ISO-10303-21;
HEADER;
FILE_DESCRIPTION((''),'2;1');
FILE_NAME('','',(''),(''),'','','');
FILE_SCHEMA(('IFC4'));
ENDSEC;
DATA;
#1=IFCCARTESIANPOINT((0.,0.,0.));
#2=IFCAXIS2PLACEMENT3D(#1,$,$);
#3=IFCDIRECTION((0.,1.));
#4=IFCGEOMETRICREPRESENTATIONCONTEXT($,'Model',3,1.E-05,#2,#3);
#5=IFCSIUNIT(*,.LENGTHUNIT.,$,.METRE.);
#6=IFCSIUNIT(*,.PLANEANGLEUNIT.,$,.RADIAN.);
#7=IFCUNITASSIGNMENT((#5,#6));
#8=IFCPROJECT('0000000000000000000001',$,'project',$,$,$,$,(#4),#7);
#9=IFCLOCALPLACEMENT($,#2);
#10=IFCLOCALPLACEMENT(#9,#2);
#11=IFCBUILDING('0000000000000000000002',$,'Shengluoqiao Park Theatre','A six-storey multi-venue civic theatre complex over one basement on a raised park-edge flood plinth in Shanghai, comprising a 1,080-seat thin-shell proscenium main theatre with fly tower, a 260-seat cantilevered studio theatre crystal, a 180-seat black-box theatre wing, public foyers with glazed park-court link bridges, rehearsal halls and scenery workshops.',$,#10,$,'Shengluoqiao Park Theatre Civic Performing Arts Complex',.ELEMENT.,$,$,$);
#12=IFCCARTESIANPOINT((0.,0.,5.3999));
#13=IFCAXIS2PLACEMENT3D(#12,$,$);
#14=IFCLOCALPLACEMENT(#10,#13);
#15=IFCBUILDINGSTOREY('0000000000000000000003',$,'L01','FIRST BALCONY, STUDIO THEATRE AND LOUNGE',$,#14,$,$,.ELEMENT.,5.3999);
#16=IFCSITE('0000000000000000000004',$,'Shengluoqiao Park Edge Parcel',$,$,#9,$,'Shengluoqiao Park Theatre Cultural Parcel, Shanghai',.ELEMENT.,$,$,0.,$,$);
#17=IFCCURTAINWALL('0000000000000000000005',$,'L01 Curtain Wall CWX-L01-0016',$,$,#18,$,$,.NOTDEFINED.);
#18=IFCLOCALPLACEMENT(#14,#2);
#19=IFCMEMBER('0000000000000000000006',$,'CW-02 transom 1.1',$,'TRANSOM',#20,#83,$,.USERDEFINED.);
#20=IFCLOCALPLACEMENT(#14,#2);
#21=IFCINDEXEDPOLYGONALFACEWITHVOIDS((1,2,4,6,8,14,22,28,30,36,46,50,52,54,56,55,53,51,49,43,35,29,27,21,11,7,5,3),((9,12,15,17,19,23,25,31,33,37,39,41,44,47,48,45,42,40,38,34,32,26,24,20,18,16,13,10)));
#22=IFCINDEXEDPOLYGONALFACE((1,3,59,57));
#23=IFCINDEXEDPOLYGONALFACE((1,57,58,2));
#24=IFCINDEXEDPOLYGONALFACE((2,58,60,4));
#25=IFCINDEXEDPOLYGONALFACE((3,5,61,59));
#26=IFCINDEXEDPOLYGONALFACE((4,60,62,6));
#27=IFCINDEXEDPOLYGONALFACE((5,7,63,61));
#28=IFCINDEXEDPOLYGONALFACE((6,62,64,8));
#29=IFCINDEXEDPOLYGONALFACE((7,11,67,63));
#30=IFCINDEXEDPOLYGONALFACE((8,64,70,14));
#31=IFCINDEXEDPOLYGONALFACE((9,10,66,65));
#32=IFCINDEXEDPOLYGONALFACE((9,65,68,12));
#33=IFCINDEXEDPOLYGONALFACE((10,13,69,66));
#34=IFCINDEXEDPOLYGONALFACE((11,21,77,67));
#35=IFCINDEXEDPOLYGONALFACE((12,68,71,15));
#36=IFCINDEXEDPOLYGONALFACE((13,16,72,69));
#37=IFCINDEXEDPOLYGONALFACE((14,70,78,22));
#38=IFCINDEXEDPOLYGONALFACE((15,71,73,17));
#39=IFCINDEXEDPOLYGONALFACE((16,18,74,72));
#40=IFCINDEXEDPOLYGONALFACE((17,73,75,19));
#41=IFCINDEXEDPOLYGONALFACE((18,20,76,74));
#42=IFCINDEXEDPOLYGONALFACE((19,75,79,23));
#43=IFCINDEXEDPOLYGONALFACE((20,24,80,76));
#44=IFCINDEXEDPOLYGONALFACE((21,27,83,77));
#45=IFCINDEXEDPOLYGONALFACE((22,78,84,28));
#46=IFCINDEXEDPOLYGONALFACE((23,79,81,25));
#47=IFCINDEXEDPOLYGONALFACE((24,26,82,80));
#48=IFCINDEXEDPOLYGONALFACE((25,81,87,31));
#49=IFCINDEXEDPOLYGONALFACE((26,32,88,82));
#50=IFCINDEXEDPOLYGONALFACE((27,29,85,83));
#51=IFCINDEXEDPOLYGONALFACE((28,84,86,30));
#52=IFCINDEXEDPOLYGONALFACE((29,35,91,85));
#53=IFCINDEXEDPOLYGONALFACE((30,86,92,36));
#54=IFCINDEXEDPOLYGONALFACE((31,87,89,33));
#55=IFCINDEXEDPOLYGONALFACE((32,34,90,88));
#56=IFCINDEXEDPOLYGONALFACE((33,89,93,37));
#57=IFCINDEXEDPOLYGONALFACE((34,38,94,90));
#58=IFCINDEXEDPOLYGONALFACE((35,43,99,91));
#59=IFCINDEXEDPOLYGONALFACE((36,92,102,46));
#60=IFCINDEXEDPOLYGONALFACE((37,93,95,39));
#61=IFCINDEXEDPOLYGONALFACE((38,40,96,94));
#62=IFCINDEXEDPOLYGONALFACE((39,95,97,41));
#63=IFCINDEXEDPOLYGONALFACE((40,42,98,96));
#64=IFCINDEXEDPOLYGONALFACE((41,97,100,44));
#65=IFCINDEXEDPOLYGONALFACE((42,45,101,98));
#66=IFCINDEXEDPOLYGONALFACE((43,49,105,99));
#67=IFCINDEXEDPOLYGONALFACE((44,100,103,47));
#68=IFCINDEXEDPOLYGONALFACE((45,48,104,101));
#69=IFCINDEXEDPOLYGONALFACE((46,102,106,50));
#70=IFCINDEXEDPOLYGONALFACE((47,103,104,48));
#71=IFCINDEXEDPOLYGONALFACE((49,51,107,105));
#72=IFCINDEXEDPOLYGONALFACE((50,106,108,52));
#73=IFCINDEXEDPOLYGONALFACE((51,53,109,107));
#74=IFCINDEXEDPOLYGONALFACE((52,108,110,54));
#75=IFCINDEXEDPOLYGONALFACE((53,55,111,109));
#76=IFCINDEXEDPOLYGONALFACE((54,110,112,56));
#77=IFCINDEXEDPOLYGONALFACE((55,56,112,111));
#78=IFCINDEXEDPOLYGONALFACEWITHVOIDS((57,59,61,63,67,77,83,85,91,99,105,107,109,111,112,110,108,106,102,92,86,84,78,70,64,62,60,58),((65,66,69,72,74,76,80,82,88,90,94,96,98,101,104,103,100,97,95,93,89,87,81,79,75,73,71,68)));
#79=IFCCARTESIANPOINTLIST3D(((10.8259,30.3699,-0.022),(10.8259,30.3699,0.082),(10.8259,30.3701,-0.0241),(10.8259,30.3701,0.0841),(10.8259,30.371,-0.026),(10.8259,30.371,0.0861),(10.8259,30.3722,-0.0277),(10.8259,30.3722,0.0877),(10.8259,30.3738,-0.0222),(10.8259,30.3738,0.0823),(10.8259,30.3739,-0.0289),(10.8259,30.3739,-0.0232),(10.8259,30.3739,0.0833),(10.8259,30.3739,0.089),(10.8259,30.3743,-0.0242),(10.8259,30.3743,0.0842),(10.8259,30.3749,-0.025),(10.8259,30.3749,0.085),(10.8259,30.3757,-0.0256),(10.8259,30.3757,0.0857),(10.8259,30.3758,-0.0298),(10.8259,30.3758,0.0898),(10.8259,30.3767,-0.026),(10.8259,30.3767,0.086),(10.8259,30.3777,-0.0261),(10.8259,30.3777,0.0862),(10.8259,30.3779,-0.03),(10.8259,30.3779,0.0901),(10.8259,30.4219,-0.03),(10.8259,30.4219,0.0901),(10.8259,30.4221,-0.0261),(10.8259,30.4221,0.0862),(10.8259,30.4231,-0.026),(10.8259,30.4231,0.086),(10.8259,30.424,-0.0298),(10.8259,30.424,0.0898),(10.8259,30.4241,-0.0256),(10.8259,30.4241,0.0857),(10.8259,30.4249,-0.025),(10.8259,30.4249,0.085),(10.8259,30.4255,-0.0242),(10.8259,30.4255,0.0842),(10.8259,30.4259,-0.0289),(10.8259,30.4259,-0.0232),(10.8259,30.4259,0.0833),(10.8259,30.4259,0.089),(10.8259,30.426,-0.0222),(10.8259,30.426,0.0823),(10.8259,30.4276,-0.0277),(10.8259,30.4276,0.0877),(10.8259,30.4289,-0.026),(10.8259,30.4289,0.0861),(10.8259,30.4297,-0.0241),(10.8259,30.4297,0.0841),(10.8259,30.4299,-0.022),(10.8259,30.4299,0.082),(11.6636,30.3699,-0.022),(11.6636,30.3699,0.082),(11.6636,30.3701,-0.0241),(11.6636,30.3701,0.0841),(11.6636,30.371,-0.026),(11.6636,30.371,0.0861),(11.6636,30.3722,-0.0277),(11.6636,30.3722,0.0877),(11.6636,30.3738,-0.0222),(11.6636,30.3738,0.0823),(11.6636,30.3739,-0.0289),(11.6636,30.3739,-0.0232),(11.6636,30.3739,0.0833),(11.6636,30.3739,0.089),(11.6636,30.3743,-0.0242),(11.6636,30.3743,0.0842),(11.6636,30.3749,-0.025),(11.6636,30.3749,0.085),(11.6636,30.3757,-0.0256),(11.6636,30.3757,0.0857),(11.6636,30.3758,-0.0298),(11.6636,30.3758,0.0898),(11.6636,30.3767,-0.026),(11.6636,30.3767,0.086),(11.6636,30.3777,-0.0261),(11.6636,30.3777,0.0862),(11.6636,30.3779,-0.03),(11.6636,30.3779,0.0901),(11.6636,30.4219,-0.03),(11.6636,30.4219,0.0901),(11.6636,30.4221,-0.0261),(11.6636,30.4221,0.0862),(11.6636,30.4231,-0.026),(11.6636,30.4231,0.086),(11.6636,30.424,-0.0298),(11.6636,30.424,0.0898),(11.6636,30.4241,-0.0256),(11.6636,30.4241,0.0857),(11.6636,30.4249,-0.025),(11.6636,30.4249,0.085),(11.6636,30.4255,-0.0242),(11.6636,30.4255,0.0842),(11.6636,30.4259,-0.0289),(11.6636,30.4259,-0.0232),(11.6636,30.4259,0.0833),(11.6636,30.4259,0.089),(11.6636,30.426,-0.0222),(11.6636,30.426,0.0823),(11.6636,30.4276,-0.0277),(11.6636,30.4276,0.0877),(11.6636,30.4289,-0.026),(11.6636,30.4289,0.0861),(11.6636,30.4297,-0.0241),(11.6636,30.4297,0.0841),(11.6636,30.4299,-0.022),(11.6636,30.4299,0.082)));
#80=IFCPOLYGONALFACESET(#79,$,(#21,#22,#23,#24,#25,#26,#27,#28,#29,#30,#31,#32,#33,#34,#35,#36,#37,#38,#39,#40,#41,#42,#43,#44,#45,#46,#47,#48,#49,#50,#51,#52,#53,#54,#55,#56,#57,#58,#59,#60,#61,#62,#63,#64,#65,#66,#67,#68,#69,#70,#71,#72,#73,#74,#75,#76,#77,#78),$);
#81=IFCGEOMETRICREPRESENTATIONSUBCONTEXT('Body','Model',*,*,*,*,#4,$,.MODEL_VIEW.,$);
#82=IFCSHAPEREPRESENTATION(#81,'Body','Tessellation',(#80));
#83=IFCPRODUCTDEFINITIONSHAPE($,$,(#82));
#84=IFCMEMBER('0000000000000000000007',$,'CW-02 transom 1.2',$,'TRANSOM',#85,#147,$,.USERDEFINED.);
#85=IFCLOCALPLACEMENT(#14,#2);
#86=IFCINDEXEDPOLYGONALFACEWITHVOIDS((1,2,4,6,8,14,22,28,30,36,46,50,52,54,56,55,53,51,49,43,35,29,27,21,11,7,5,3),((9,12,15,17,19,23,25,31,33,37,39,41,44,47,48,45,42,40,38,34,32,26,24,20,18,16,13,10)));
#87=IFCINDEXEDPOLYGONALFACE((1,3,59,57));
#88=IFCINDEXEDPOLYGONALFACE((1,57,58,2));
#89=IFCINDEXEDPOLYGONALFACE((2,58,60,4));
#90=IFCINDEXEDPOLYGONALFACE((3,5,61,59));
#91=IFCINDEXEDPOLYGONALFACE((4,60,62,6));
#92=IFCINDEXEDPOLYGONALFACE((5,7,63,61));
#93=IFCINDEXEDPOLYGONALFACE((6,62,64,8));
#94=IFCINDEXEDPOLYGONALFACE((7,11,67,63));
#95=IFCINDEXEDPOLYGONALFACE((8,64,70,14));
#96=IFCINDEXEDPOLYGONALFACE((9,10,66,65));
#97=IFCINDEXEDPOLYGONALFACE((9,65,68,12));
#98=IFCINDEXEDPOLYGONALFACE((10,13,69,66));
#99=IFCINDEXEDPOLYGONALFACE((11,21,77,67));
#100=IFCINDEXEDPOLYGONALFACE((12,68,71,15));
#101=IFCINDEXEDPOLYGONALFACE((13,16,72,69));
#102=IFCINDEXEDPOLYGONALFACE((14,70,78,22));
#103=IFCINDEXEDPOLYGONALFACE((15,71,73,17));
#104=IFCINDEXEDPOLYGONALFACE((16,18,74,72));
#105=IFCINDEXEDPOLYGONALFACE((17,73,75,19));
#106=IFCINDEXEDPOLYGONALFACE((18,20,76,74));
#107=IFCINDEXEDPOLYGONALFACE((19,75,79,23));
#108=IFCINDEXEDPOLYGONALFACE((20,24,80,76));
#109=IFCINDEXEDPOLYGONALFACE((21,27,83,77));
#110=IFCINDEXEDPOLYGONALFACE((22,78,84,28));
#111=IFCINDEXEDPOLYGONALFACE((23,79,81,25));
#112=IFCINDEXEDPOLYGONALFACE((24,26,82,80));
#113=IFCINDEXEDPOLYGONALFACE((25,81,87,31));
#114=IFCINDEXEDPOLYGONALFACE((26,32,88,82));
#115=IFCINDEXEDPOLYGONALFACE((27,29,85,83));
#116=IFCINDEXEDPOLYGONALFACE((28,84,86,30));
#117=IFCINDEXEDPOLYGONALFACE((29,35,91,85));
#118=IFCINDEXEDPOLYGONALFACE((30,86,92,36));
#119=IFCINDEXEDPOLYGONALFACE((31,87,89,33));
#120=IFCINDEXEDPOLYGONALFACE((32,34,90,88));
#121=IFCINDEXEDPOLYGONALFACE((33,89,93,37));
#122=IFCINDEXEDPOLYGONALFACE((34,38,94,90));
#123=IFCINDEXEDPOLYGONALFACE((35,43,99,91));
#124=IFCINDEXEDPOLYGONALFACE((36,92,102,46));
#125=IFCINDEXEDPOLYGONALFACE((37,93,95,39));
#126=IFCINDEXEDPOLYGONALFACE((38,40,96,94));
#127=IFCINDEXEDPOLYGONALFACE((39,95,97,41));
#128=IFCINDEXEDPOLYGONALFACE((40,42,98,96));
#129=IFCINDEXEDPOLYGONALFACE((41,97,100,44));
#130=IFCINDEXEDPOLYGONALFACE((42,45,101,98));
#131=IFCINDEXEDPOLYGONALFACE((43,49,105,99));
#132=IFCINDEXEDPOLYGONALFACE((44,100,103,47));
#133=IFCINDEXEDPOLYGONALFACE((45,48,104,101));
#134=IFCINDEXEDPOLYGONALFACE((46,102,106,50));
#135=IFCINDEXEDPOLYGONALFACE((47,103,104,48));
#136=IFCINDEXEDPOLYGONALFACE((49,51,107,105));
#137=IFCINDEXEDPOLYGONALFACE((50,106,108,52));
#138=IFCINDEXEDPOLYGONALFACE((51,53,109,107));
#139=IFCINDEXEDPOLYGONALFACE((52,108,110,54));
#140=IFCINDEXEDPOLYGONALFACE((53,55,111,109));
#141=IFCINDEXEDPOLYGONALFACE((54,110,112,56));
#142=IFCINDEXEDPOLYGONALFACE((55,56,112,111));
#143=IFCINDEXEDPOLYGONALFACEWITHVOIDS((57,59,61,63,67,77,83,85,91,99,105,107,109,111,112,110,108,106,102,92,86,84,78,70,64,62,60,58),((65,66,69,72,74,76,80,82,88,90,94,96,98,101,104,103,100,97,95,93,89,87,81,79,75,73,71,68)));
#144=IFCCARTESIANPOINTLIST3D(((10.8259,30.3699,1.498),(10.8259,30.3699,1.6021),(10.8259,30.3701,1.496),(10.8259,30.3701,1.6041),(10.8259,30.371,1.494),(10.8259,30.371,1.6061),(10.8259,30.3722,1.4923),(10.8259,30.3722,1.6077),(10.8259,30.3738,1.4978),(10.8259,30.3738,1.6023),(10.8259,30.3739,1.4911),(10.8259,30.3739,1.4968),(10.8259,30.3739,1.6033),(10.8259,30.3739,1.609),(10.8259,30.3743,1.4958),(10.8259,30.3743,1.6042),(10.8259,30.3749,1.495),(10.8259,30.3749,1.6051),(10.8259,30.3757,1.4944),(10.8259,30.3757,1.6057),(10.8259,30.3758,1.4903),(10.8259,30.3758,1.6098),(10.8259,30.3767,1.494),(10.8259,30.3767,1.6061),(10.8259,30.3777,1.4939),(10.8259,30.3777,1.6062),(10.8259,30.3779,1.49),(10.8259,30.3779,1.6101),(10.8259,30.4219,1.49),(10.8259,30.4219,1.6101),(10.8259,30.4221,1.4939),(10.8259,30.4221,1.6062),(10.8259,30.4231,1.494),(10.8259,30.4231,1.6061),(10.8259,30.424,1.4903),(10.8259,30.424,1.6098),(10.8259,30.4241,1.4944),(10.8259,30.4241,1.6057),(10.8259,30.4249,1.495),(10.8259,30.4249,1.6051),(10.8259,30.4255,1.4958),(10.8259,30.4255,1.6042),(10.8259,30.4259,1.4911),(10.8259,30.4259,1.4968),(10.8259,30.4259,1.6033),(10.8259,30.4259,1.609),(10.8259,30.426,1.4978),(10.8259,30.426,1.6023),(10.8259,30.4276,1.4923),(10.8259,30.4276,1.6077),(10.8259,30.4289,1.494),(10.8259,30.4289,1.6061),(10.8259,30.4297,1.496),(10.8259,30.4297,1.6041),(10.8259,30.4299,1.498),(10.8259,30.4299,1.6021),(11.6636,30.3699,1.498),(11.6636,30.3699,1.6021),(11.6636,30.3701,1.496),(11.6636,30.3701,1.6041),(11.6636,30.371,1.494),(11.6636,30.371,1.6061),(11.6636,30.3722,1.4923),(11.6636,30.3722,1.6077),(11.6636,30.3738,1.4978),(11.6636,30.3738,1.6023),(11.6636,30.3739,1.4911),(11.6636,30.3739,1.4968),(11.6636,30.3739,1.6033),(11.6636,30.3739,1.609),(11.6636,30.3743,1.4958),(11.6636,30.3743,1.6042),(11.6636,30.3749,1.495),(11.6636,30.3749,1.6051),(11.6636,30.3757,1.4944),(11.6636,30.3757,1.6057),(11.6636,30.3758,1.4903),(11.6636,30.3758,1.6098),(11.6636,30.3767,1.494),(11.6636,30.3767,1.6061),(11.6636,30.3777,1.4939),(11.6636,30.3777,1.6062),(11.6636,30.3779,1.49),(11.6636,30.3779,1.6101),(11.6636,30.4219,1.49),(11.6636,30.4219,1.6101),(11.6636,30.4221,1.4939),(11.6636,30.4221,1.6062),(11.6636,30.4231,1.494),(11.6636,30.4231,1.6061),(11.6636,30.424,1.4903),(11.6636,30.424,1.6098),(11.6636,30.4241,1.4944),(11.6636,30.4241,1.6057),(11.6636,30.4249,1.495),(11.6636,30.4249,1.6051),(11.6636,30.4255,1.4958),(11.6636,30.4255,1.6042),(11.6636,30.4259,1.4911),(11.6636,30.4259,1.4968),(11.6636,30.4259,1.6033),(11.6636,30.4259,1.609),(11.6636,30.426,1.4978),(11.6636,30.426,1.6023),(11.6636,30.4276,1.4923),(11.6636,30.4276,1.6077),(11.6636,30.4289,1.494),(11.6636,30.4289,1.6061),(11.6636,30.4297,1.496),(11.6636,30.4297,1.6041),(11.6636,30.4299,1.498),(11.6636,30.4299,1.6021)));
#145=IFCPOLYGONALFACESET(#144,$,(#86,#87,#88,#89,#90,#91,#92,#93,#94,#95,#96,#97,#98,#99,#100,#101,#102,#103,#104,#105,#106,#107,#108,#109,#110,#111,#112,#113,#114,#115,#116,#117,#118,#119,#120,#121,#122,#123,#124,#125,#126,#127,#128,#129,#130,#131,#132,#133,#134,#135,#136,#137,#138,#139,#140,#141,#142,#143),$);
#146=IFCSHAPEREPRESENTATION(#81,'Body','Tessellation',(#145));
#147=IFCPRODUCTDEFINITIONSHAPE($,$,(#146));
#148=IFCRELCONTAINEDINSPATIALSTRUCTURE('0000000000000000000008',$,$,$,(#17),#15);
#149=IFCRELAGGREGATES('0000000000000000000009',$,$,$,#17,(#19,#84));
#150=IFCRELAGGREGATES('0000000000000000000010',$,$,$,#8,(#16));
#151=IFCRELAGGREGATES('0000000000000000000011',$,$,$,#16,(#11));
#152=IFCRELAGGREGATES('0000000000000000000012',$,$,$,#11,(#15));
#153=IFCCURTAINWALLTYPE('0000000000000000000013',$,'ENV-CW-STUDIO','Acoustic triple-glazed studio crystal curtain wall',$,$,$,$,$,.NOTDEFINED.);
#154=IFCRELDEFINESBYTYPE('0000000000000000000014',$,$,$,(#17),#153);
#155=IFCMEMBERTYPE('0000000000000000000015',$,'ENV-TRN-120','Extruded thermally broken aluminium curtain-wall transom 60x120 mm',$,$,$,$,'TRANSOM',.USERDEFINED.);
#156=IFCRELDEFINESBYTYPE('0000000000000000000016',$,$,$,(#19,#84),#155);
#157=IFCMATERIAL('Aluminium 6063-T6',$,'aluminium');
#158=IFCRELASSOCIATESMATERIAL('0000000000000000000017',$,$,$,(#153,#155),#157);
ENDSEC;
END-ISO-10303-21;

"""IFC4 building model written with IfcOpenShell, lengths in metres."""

from ifc_helpers import new_model, si_unit, direction, frame, origin, origin_2d, place, context, subcontext, project, spatial, hollow_rectangle, extrude, material, material_profile, profile_set, type_object, element, aggregate, save


model = new_model("IFC4")

# Units and contexts
model_context = context("Model", 3, precision=1e-05, world=origin(), true_north=direction((0.0, 1.0)))
body_context = subcontext(model_context, "Body", "Model", "MODEL_VIEW")
ifc_project = project(units=[si_unit("LENGTHUNIT", "METRE"), si_unit("PLANEANGLEUNIT", "RADIAN")], contexts=[model_context])

# Site, building, storey
site_placement = place(None, origin())
site = spatial("IfcSite", under=ifc_project, at=site_placement, Name="Shengluoqiao Park Edge Parcel", LongName="Shengluoqiao Park Theatre Cultural Parcel, Shanghai", CompositionType="ELEMENT", RefElevation=0.0)
building_placement = place(site_placement, origin())
building = spatial("IfcBuilding", under=site, at=building_placement, Name="Shengluoqiao Park Theatre", Description="A six-storey multi-venue civic theatre complex over one basement on a raised park-edge flood plinth in Shanghai, comprising a 1,080-seat thin-shell proscenium main theatre with fly tower, a 260-seat cantilevered studio theatre crystal, a 180-seat black-box theatre wing, public foyers with glazed park-court link bridges, rehearsal halls and scenery workshops.", LongName="Shengluoqiao Park Theatre Civic Performing Arts Complex", CompositionType="ELEMENT")
storey_placement = place(building_placement, frame((0.0, 0.0, 5.3999)))
storey = spatial("IfcBuildingStorey", under=building, at=storey_placement, Name="L01", Description="FIRST BALCONY, STUDIO THEATRE AND LOUNGE", CompositionType="ELEMENT", Elevation=5.3999)

# Curtain wall
ifc_material_1 = material(Name="Aluminium 6063-T6", Category="aluminium")
curtain_wall_type = type_object("IfcCurtainWallType", Name="ENV-CW-STUDIO", Description="Acoustic triple-glazed studio crystal curtain wall", PredefinedType="NOTDEFINED", material=ifc_material_1)
curtain_wall_1_placement = place(storey_placement, origin())
curtain_wall_1 = element("IfcCurtainWall", 1, at=curtain_wall_1_placement, inside=storey, type_object=curtain_wall_type, Name="L01 Curtain Wall CWX-L01-0016", PredefinedType="NOTDEFINED")

# Members
ifc_material_profile_1 = material_profile(ifc_material_1, hollow_rectangle(XDim=0.0601, YDim=0.1201, WallThickness=0.0039, InnerFilletRadius=0.0039, OuterFilletRadius=0.0081, at=origin_2d()), Name="ALU TRANSOM 120x60x4")
ifc_profile_set_1 = profile_set([ifc_material_profile_1], Name="Aluminium 6063-T6")
member_type_1 = type_object("IfcMemberType", Name="ENV-TRN-120", Description="Extruded thermally broken aluminium curtain-wall transom 60x120 mm", ElementType="TRANSOM", PredefinedType="USERDEFINED", material=ifc_profile_set_1)
member_1_placement = place(storey_placement, frame((10.8259, 30.3999, 0.03), z_axis=(1.0, 0.0, 0.0), x_axis=(0.0, 1.0, 0.0)))
member_1 = element("IfcMember", 2, at=member_1_placement, type_object=member_type_1, Name="CW-02 transom 1.1", ObjectType="TRANSOM", PredefinedType="USERDEFINED", context=body_context, shape_type="SweptSolid", body=[
    extrude(hollow_rectangle(XDim=0.0601, YDim=0.1201, WallThickness=0.0039, InnerFilletRadius=0.0039, OuterFilletRadius=0.0081, at=origin_2d()), origin(), (0.0, 0.0, 1.0), 0.8376),
])
member_2_placement = place(storey_placement, frame((10.8259, 30.3999, 1.55), z_axis=(1.0, 0.0, 0.0), x_axis=(0.0, 1.0, 0.0)))
member_2 = element("IfcMember", 3, at=member_2_placement, type_object=member_type_1, Name="CW-02 transom 1.2", ObjectType="TRANSOM", PredefinedType="USERDEFINED", context=body_context, shape_type="SweptSolid", body=[
    extrude(hollow_rectangle(XDim=0.0601, YDim=0.1201, WallThickness=0.0039, InnerFilletRadius=0.0039, OuterFilletRadius=0.0081, at=origin_2d()), origin(), (0.0, 0.0, 1.0), 0.8376),
])

aggregate(curtain_wall_1, [member_1, member_2])

save(model, "model.ifc")
